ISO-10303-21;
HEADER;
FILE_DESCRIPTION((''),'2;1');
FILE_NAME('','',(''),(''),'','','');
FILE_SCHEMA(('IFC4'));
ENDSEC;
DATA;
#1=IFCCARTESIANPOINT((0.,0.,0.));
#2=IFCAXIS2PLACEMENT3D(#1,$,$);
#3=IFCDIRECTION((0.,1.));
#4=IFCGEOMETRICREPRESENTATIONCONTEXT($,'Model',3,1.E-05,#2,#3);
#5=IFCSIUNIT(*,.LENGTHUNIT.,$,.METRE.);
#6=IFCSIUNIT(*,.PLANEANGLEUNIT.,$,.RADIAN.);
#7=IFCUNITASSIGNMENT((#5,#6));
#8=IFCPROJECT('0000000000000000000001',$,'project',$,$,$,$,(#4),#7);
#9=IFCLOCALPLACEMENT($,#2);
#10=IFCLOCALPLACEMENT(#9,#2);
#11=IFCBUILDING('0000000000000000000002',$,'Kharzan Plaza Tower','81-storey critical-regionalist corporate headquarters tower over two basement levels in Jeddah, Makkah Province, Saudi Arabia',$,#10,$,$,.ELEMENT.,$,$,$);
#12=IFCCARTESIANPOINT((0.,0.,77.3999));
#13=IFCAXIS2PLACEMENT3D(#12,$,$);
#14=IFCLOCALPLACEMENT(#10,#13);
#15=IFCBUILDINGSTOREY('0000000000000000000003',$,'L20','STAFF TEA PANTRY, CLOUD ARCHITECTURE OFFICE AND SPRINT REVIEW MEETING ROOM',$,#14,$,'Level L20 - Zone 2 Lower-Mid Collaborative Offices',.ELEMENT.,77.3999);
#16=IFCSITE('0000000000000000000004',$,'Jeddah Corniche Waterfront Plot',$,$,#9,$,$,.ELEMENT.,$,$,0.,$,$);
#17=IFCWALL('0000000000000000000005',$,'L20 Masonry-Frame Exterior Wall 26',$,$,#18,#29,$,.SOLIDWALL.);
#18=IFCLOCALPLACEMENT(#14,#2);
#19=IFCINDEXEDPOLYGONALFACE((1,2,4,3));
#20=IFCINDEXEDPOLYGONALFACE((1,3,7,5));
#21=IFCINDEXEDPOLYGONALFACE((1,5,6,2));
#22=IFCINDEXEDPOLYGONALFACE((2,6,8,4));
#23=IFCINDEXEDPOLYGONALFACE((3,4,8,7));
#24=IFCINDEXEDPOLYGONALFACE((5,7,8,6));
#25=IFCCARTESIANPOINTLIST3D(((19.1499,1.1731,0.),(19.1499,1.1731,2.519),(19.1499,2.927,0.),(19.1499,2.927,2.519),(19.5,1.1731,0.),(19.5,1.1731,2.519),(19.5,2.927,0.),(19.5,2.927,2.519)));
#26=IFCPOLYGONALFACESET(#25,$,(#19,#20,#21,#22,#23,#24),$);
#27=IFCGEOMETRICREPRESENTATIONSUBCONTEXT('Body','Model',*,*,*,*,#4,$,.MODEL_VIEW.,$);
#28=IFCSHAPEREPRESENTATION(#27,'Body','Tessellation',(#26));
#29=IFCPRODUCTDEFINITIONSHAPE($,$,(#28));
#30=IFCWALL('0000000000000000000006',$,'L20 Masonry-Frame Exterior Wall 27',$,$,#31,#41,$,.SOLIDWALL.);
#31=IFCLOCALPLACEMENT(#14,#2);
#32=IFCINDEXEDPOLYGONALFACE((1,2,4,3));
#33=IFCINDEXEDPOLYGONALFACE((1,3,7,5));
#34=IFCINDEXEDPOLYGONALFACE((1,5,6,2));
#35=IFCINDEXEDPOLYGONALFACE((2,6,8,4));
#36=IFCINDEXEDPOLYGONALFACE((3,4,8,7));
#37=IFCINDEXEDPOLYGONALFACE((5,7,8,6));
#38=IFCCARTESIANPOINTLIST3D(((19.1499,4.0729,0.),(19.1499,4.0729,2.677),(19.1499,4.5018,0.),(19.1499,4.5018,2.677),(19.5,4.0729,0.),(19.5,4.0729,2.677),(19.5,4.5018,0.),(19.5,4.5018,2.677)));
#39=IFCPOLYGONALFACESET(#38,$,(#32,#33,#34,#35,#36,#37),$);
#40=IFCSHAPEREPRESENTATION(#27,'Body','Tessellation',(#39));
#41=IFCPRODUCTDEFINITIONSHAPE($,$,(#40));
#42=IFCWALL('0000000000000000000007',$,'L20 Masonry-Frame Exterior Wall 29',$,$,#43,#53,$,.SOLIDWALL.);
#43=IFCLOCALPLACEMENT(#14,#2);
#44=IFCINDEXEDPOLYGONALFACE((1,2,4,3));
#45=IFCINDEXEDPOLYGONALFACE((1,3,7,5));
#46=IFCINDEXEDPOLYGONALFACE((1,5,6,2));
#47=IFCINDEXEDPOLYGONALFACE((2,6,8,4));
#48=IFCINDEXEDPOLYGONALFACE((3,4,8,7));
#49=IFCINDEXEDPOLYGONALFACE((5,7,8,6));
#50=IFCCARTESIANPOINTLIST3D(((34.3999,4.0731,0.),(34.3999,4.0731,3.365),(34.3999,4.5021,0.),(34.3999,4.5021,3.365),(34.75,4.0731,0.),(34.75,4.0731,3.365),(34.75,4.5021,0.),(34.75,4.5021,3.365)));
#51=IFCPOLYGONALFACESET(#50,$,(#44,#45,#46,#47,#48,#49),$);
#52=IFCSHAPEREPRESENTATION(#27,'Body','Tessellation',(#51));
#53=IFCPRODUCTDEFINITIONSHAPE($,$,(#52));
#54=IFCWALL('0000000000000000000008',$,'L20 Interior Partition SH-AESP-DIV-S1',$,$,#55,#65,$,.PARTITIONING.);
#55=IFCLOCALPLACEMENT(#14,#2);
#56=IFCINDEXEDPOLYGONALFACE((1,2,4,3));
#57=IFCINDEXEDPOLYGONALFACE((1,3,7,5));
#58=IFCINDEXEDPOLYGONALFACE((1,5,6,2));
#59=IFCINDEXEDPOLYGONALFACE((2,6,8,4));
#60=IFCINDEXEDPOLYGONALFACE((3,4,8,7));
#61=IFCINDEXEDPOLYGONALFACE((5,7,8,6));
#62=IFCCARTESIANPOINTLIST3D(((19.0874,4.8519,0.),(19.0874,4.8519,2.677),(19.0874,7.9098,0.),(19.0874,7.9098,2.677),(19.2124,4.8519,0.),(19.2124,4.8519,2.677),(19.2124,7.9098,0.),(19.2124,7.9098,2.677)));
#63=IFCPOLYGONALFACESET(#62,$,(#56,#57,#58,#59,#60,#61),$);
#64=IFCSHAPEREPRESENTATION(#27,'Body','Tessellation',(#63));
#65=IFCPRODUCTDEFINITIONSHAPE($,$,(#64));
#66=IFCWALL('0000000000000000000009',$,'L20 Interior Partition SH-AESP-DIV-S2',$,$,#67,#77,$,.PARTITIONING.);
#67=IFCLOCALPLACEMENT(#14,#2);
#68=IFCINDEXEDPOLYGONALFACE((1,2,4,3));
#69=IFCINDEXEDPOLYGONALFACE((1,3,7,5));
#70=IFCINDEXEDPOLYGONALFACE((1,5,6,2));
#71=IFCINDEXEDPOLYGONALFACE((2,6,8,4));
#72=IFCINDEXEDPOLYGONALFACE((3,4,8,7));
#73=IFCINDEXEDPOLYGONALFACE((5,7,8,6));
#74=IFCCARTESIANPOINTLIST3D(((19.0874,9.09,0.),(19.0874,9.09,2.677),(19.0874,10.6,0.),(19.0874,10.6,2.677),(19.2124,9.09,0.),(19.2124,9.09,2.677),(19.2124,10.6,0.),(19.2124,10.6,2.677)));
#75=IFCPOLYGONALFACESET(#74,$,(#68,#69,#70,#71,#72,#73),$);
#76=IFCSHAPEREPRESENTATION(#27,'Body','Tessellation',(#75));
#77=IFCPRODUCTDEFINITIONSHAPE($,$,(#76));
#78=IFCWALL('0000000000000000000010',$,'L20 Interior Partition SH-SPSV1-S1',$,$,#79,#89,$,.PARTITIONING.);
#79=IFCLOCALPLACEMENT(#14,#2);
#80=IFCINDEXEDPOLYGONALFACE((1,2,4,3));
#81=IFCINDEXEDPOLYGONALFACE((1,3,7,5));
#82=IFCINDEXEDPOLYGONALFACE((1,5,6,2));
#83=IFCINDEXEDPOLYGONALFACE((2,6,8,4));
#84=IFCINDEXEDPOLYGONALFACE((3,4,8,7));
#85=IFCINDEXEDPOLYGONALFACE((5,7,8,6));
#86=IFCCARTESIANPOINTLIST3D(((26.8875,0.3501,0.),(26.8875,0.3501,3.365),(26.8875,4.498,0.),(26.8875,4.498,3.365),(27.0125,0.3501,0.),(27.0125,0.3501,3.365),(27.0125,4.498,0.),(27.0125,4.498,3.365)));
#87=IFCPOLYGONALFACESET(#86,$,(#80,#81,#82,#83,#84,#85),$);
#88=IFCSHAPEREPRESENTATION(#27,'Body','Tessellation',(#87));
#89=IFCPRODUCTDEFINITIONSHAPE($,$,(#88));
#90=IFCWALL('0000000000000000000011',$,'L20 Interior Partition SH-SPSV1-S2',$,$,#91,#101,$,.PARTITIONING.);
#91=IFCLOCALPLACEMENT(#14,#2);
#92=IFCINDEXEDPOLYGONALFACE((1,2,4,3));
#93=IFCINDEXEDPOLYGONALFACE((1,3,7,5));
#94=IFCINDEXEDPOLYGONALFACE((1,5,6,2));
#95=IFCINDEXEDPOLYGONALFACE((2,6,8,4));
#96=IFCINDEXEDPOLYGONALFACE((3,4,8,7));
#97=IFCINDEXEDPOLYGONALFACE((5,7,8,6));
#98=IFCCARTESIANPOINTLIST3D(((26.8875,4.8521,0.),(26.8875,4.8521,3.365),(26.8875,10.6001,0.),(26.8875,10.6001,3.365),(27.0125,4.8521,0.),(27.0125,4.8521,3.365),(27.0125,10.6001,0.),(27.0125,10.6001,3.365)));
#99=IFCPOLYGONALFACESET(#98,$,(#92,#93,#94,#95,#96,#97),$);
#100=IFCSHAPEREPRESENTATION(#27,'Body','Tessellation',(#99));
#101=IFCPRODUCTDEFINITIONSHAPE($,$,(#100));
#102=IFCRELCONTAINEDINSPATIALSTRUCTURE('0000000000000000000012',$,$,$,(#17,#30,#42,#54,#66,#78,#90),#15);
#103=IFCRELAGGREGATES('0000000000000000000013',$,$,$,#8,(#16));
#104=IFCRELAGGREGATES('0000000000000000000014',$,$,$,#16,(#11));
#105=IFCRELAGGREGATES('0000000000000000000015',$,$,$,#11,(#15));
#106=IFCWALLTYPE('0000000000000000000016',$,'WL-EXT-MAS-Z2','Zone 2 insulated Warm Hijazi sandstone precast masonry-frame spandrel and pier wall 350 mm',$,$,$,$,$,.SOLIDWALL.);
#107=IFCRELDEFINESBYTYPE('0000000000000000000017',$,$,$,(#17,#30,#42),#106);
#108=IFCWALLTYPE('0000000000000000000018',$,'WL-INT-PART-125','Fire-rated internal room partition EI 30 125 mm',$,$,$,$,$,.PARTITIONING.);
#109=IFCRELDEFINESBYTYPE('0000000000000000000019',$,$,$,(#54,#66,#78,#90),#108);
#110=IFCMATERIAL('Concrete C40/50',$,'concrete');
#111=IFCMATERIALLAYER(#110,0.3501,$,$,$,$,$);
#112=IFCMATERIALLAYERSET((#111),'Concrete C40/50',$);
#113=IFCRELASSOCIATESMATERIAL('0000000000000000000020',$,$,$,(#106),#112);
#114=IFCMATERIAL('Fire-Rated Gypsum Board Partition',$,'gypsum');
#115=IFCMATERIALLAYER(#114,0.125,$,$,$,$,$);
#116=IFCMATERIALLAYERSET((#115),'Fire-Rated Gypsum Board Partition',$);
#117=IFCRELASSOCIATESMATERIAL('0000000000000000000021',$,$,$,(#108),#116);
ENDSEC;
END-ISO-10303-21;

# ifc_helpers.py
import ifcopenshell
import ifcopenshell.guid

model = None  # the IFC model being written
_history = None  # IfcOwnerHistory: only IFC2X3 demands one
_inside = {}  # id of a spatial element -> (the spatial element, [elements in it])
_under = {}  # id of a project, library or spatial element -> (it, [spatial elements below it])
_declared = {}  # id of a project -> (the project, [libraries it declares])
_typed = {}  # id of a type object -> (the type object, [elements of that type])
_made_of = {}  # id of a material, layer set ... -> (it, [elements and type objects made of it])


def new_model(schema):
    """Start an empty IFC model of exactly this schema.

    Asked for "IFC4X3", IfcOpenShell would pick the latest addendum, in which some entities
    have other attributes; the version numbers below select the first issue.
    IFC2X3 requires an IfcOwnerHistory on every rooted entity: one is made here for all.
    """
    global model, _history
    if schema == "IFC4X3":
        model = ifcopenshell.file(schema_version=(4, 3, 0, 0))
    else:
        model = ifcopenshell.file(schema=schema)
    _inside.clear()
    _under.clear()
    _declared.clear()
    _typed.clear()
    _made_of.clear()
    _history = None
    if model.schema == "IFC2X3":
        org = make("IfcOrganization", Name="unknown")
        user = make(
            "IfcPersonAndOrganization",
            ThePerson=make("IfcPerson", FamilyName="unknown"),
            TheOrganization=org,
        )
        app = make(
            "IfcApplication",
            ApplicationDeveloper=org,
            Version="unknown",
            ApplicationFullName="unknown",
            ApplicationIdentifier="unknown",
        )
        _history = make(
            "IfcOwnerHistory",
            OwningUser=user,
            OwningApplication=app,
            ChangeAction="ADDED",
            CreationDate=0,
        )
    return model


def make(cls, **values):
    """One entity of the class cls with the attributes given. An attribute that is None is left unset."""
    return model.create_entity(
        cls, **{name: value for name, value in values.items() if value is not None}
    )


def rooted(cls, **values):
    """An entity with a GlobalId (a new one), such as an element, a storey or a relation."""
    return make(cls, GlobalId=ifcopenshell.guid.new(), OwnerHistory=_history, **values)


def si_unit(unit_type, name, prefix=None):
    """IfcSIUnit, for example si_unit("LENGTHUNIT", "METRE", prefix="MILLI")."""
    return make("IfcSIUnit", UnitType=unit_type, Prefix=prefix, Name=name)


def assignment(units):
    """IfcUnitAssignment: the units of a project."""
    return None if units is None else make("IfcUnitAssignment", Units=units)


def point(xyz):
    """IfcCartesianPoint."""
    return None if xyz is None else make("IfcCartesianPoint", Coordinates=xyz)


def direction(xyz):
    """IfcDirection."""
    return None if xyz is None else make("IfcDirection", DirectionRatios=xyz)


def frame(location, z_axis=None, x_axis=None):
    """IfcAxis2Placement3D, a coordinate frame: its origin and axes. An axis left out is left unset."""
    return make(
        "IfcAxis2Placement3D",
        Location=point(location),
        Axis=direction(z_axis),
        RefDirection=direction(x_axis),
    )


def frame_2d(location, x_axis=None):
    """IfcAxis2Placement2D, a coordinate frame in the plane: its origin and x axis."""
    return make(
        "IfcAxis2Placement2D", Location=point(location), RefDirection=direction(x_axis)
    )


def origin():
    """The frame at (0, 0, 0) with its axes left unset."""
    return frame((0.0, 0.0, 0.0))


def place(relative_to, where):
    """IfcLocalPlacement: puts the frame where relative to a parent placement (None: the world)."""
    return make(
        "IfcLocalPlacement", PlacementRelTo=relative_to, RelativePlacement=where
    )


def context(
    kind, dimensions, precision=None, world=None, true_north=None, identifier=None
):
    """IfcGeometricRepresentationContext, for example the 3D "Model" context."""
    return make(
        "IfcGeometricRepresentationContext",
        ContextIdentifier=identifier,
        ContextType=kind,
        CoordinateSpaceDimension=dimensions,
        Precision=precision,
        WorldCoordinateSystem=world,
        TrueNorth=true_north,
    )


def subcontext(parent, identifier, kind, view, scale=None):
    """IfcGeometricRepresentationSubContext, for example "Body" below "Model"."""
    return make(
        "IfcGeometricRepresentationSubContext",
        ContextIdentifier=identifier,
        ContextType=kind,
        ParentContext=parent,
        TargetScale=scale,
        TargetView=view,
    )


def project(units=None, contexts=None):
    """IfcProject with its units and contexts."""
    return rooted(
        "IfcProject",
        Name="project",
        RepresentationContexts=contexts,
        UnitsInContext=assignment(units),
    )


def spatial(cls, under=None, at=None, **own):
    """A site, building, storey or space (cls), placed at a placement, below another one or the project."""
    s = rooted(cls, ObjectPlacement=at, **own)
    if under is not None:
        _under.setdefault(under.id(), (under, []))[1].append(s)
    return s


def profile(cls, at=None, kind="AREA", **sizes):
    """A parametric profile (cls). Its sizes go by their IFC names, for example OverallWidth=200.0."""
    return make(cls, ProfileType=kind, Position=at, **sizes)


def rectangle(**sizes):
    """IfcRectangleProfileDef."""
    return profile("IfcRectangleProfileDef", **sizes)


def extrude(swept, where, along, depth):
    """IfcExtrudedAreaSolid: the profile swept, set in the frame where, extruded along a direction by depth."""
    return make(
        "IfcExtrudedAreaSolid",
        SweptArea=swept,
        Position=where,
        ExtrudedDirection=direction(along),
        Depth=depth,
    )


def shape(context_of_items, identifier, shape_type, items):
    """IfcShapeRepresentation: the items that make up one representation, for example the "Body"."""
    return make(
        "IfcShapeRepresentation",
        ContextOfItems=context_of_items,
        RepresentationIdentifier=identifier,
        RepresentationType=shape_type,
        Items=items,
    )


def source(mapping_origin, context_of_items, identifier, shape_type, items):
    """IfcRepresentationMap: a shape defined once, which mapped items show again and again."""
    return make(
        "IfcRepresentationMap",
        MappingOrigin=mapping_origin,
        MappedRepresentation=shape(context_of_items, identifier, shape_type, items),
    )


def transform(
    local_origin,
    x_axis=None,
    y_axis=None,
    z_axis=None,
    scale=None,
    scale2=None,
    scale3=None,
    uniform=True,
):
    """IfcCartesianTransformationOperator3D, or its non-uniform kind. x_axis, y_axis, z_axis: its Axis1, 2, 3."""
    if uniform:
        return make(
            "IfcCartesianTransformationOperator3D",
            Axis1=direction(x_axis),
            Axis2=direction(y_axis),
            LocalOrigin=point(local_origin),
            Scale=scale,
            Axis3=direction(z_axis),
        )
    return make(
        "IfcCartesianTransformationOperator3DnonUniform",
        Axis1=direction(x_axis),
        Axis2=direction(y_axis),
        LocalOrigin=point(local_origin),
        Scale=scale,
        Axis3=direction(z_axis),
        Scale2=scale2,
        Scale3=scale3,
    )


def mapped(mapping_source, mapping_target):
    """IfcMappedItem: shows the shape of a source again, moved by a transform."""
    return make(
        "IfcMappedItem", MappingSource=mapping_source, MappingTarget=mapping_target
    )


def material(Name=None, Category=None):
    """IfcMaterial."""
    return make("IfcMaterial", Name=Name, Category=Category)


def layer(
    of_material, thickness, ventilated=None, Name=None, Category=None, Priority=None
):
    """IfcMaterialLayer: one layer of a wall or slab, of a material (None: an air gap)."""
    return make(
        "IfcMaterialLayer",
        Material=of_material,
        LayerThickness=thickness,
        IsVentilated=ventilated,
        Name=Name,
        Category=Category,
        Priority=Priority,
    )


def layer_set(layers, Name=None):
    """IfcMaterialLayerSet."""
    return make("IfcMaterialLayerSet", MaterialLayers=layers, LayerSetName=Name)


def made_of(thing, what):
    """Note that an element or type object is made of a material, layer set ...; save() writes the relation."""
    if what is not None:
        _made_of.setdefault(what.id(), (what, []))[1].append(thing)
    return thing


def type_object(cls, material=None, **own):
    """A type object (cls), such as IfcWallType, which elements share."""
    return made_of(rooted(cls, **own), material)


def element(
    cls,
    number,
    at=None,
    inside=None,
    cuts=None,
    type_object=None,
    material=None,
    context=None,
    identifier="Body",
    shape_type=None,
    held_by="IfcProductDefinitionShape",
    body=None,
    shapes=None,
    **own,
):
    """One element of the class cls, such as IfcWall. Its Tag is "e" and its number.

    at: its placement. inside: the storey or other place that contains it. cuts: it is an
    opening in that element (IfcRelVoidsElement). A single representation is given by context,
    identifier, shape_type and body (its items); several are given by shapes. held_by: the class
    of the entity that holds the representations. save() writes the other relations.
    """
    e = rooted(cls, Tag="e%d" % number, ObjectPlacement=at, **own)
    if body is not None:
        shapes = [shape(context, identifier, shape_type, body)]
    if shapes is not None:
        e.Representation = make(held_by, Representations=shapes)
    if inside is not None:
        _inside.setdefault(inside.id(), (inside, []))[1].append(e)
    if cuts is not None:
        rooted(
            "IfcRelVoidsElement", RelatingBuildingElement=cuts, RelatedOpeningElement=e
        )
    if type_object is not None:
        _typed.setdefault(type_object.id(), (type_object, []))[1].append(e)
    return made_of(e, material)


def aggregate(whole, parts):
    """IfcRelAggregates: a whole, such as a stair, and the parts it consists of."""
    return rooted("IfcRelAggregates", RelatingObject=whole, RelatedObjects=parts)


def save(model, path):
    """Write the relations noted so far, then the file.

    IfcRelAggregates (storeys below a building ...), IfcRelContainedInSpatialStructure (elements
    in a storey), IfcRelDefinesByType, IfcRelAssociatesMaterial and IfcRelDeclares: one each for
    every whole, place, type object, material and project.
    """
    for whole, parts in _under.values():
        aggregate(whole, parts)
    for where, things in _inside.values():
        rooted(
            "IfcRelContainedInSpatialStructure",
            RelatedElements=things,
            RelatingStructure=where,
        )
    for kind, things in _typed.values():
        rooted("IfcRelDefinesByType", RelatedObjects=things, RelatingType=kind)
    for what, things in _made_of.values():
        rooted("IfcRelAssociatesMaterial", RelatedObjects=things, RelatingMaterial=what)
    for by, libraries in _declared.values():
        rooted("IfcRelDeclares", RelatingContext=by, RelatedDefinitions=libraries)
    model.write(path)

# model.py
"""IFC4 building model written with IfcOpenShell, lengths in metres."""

from ifc_helpers import new_model, si_unit, direction, frame, frame_2d, origin, place, context, subcontext, project, spatial, rectangle, extrude, source, transform, mapped, material, layer, layer_set, type_object, element, save


model = new_model("IFC4")

# Units and contexts
model_context = context("Model", 3, precision=1e-05, world=origin(), true_north=direction((0.0, 1.0)))
body_context = subcontext(model_context, "Body", "Model", "MODEL_VIEW")
ifc_project = project(units=[si_unit("LENGTHUNIT", "METRE"), si_unit("PLANEANGLEUNIT", "RADIAN")], contexts=[model_context])

# Site, building, storey
site_placement = place(None, origin())
site = spatial("IfcSite", under=ifc_project, at=site_placement, Name="Jeddah Corniche Waterfront Plot", CompositionType="ELEMENT", RefElevation=0.0)
building_placement = place(site_placement, origin())
building = spatial("IfcBuilding", under=site, at=building_placement, Name="Kharzan Plaza Tower", Description="81-storey critical-regionalist corporate headquarters tower over two basement levels in Jeddah, Makkah Province, Saudi Arabia", CompositionType="ELEMENT")
storey_placement = place(building_placement, frame((0.0, 0.0, 77.3999)))
storey = spatial("IfcBuildingStorey", under=building, at=storey_placement, Name="L20", Description="STAFF TEA PANTRY, CLOUD ARCHITECTURE OFFICE AND SPRINT REVIEW MEETING ROOM", LongName="Level L20 - Zone 2 Lower-Mid Collaborative Offices", CompositionType="ELEMENT", Elevation=77.3999)

# Shared definitions
ifc_material_1 = material(Name="Concrete C40/50", Category="concrete")
ifc_layer_1 = layer(ifc_material_1, 0.3501)
ifc_layer_set_1 = layer_set([ifc_layer_1], Name="Concrete C40/50")
wall_type_1 = type_object("IfcWallType", Name="WL-EXT-MAS-Z2", Description="Zone 2 insulated Warm Hijazi sandstone precast masonry-frame spandrel and pier wall 350 mm", PredefinedType="SOLIDWALL", material=ifc_layer_set_1)

# Shared definitions
ifc_material_2 = material(Name="Fire-Rated Gypsum Board Partition", Category="gypsum")
ifc_layer_2 = layer(ifc_material_2, 0.125)
ifc_layer_set_2 = layer_set([ifc_layer_2], Name="Fire-Rated Gypsum Board Partition")
wall_type_2 = type_object("IfcWallType", Name="WL-INT-PART-125", Description="Fire-rated internal room partition EI 30 125 mm", PredefinedType="PARTITIONING", material=ifc_layer_set_2)

# Walls
shared_shape_1 = source(origin(), body_context, "Body", "SweptSolid", [
    extrude(rectangle(XDim=1.7539, YDim=0.3501, at=frame_2d((0.877, 0.0))), origin(), (0.0, 0.0, 1.0), 2.519),
])
wall_1_placement = place(storey_placement, frame((19.325, 1.1731, 0.0), z_axis=(0.0, 0.0, 1.0), x_axis=(0.0, 1.0, 0.0)))
element("IfcWall", 1, at=wall_1_placement, inside=storey, type_object=wall_type_1, Name="L20 Masonry-Frame Exterior Wall 26", PredefinedType="SOLIDWALL", context=body_context, shape_type="MappedRepresentation", body=[
    mapped(shared_shape_1, transform((0.0, 0.0, 0.0), x_axis=(1.0, 0.0, 0.0), y_axis=(0.0, 1.0, 0.0), z_axis=(0.0, 0.0, 1.0))),
])
shared_shape_2 = source(origin(), body_context, "Body", "SweptSolid", [
    extrude(rectangle(XDim=0.429, YDim=0.3501, at=frame_2d((0.2144, 0.0))), origin(), (0.0, 0.0, 1.0), 2.677),
])
wall_2_placement = place(storey_placement, frame((19.325, 4.073, 0.0), z_axis=(0.0, 0.0, 1.0), x_axis=(0.0, 1.0, 0.0)))
element("IfcWall", 2, at=wall_2_placement, inside=storey, type_object=wall_type_1, Name="L20 Masonry-Frame Exterior Wall 27", PredefinedType="SOLIDWALL", context=body_context, shape_type="MappedRepresentation", body=[
    mapped(shared_shape_2, transform((0.0, 0.0, 0.0), x_axis=(1.0, 0.0, 0.0), y_axis=(0.0, 1.0, 0.0), z_axis=(0.0, 0.0, 1.0))),
])
shared_shape_3 = source(origin(), body_context, "Body", "SweptSolid", [
    extrude(rectangle(XDim=0.429, YDim=0.3501, at=frame_2d((0.2144, 0.0))), origin(), (0.0, 0.0, 1.0), 3.365),
])
wall_3_placement = place(storey_placement, frame((34.575, 4.502, 0.0), z_axis=(0.0, 0.0, 1.0), x_axis=(0.0, -1.0, 0.0)))
element("IfcWall", 3, at=wall_3_placement, inside=storey, type_object=wall_type_1, Name="L20 Masonry-Frame Exterior Wall 29", PredefinedType="SOLIDWALL", context=body_context, shape_type="MappedRepresentation", body=[
    mapped(shared_shape_3, transform((0.0, 0.0, 0.0), x_axis=(1.0, 0.0, 0.0), y_axis=(0.0, 1.0, 0.0), z_axis=(0.0, 0.0, 1.0))),
])
shared_shape_4 = source(origin(), body_context, "Body", "SweptSolid", [
    extrude(rectangle(XDim=3.0579, YDim=0.125, at=frame_2d((1.5288, 0.0))), origin(), (0.0, 0.0, 1.0), 2.677),
])
wall_4_placement = place(storey_placement, frame((19.1499, 4.8521, 0.0), z_axis=(0.0, 0.0, 1.0), x_axis=(0.0, 1.0, 0.0)))
element("IfcWall", 4, at=wall_4_placement, inside=storey, type_object=wall_type_2, Name="L20 Interior Partition SH-AESP-DIV-S1", PredefinedType="PARTITIONING", context=body_context, shape_type="MappedRepresentation", body=[
    mapped(shared_shape_4, transform((0.0, 0.0, 0.0), x_axis=(1.0, 0.0, 0.0), y_axis=(0.0, 1.0, 0.0), z_axis=(0.0, 0.0, 1.0))),
])
shared_shape_5 = source(origin(), body_context, "Body", "SweptSolid", [
    extrude(rectangle(XDim=1.51, YDim=0.125, at=frame_2d((0.7549, 0.0))), origin(), (0.0, 0.0, 1.0), 2.677),
])
wall_5_placement = place(storey_placement, frame((19.1499, 9.0901, 0.0), z_axis=(0.0, 0.0, 1.0), x_axis=(0.0, 1.0, 0.0)))
element("IfcWall", 5, at=wall_5_placement, inside=storey, type_object=wall_type_2, Name="L20 Interior Partition SH-AESP-DIV-S2", PredefinedType="PARTITIONING", context=body_context, shape_type="MappedRepresentation", body=[
    mapped(shared_shape_5, transform((0.0, 0.0, 0.0), x_axis=(1.0, 0.0, 0.0), y_axis=(0.0, 1.0, 0.0), z_axis=(0.0, 0.0, 1.0))),
])
shared_shape_6 = source(origin(), body_context, "Body", "SweptSolid", [
    extrude(rectangle(XDim=4.1479, YDim=0.125, at=frame_2d((2.074, 0.0))), origin(), (0.0, 0.0, 1.0), 3.365),
])
wall_6_placement = place(storey_placement, frame((26.95, 0.3501, 0.0), z_axis=(0.0, 0.0, 1.0), x_axis=(0.0, 1.0, 0.0)))
element("IfcWall", 6, at=wall_6_placement, inside=storey, type_object=wall_type_2, Name="L20 Interior Partition SH-SPSV1-S1", PredefinedType="PARTITIONING", context=body_context, shape_type="MappedRepresentation", body=[
    mapped(shared_shape_6, transform((0.0, 0.0, 0.0), x_axis=(1.0, 0.0, 0.0), y_axis=(0.0, 1.0, 0.0), z_axis=(0.0, 0.0, 1.0))),
])
shared_shape_7 = source(origin(), body_context, "Body", "SweptSolid", [
    extrude(rectangle(XDim=5.748, YDim=0.125, at=frame_2d((2.874, 0.0))), origin(), (0.0, 0.0, 1.0), 3.365),
])
wall_7_placement = place(storey_placement, frame((26.95, 4.8521, 0.0), z_axis=(0.0, 0.0, 1.0), x_axis=(0.0, 1.0, 0.0)))
element("IfcWall", 7, at=wall_7_placement, inside=storey, type_object=wall_type_2, Name="L20 Interior Partition SH-SPSV1-S2", PredefinedType="PARTITIONING", context=body_context, shape_type="MappedRepresentation", body=[
    mapped(shared_shape_7, transform((0.0, 0.0, 0.0), x_axis=(1.0, 0.0, 0.0), y_axis=(0.0, 1.0, 0.0), z_axis=(0.0, 0.0, 1.0))),
])

save(model, "model.ifc")
